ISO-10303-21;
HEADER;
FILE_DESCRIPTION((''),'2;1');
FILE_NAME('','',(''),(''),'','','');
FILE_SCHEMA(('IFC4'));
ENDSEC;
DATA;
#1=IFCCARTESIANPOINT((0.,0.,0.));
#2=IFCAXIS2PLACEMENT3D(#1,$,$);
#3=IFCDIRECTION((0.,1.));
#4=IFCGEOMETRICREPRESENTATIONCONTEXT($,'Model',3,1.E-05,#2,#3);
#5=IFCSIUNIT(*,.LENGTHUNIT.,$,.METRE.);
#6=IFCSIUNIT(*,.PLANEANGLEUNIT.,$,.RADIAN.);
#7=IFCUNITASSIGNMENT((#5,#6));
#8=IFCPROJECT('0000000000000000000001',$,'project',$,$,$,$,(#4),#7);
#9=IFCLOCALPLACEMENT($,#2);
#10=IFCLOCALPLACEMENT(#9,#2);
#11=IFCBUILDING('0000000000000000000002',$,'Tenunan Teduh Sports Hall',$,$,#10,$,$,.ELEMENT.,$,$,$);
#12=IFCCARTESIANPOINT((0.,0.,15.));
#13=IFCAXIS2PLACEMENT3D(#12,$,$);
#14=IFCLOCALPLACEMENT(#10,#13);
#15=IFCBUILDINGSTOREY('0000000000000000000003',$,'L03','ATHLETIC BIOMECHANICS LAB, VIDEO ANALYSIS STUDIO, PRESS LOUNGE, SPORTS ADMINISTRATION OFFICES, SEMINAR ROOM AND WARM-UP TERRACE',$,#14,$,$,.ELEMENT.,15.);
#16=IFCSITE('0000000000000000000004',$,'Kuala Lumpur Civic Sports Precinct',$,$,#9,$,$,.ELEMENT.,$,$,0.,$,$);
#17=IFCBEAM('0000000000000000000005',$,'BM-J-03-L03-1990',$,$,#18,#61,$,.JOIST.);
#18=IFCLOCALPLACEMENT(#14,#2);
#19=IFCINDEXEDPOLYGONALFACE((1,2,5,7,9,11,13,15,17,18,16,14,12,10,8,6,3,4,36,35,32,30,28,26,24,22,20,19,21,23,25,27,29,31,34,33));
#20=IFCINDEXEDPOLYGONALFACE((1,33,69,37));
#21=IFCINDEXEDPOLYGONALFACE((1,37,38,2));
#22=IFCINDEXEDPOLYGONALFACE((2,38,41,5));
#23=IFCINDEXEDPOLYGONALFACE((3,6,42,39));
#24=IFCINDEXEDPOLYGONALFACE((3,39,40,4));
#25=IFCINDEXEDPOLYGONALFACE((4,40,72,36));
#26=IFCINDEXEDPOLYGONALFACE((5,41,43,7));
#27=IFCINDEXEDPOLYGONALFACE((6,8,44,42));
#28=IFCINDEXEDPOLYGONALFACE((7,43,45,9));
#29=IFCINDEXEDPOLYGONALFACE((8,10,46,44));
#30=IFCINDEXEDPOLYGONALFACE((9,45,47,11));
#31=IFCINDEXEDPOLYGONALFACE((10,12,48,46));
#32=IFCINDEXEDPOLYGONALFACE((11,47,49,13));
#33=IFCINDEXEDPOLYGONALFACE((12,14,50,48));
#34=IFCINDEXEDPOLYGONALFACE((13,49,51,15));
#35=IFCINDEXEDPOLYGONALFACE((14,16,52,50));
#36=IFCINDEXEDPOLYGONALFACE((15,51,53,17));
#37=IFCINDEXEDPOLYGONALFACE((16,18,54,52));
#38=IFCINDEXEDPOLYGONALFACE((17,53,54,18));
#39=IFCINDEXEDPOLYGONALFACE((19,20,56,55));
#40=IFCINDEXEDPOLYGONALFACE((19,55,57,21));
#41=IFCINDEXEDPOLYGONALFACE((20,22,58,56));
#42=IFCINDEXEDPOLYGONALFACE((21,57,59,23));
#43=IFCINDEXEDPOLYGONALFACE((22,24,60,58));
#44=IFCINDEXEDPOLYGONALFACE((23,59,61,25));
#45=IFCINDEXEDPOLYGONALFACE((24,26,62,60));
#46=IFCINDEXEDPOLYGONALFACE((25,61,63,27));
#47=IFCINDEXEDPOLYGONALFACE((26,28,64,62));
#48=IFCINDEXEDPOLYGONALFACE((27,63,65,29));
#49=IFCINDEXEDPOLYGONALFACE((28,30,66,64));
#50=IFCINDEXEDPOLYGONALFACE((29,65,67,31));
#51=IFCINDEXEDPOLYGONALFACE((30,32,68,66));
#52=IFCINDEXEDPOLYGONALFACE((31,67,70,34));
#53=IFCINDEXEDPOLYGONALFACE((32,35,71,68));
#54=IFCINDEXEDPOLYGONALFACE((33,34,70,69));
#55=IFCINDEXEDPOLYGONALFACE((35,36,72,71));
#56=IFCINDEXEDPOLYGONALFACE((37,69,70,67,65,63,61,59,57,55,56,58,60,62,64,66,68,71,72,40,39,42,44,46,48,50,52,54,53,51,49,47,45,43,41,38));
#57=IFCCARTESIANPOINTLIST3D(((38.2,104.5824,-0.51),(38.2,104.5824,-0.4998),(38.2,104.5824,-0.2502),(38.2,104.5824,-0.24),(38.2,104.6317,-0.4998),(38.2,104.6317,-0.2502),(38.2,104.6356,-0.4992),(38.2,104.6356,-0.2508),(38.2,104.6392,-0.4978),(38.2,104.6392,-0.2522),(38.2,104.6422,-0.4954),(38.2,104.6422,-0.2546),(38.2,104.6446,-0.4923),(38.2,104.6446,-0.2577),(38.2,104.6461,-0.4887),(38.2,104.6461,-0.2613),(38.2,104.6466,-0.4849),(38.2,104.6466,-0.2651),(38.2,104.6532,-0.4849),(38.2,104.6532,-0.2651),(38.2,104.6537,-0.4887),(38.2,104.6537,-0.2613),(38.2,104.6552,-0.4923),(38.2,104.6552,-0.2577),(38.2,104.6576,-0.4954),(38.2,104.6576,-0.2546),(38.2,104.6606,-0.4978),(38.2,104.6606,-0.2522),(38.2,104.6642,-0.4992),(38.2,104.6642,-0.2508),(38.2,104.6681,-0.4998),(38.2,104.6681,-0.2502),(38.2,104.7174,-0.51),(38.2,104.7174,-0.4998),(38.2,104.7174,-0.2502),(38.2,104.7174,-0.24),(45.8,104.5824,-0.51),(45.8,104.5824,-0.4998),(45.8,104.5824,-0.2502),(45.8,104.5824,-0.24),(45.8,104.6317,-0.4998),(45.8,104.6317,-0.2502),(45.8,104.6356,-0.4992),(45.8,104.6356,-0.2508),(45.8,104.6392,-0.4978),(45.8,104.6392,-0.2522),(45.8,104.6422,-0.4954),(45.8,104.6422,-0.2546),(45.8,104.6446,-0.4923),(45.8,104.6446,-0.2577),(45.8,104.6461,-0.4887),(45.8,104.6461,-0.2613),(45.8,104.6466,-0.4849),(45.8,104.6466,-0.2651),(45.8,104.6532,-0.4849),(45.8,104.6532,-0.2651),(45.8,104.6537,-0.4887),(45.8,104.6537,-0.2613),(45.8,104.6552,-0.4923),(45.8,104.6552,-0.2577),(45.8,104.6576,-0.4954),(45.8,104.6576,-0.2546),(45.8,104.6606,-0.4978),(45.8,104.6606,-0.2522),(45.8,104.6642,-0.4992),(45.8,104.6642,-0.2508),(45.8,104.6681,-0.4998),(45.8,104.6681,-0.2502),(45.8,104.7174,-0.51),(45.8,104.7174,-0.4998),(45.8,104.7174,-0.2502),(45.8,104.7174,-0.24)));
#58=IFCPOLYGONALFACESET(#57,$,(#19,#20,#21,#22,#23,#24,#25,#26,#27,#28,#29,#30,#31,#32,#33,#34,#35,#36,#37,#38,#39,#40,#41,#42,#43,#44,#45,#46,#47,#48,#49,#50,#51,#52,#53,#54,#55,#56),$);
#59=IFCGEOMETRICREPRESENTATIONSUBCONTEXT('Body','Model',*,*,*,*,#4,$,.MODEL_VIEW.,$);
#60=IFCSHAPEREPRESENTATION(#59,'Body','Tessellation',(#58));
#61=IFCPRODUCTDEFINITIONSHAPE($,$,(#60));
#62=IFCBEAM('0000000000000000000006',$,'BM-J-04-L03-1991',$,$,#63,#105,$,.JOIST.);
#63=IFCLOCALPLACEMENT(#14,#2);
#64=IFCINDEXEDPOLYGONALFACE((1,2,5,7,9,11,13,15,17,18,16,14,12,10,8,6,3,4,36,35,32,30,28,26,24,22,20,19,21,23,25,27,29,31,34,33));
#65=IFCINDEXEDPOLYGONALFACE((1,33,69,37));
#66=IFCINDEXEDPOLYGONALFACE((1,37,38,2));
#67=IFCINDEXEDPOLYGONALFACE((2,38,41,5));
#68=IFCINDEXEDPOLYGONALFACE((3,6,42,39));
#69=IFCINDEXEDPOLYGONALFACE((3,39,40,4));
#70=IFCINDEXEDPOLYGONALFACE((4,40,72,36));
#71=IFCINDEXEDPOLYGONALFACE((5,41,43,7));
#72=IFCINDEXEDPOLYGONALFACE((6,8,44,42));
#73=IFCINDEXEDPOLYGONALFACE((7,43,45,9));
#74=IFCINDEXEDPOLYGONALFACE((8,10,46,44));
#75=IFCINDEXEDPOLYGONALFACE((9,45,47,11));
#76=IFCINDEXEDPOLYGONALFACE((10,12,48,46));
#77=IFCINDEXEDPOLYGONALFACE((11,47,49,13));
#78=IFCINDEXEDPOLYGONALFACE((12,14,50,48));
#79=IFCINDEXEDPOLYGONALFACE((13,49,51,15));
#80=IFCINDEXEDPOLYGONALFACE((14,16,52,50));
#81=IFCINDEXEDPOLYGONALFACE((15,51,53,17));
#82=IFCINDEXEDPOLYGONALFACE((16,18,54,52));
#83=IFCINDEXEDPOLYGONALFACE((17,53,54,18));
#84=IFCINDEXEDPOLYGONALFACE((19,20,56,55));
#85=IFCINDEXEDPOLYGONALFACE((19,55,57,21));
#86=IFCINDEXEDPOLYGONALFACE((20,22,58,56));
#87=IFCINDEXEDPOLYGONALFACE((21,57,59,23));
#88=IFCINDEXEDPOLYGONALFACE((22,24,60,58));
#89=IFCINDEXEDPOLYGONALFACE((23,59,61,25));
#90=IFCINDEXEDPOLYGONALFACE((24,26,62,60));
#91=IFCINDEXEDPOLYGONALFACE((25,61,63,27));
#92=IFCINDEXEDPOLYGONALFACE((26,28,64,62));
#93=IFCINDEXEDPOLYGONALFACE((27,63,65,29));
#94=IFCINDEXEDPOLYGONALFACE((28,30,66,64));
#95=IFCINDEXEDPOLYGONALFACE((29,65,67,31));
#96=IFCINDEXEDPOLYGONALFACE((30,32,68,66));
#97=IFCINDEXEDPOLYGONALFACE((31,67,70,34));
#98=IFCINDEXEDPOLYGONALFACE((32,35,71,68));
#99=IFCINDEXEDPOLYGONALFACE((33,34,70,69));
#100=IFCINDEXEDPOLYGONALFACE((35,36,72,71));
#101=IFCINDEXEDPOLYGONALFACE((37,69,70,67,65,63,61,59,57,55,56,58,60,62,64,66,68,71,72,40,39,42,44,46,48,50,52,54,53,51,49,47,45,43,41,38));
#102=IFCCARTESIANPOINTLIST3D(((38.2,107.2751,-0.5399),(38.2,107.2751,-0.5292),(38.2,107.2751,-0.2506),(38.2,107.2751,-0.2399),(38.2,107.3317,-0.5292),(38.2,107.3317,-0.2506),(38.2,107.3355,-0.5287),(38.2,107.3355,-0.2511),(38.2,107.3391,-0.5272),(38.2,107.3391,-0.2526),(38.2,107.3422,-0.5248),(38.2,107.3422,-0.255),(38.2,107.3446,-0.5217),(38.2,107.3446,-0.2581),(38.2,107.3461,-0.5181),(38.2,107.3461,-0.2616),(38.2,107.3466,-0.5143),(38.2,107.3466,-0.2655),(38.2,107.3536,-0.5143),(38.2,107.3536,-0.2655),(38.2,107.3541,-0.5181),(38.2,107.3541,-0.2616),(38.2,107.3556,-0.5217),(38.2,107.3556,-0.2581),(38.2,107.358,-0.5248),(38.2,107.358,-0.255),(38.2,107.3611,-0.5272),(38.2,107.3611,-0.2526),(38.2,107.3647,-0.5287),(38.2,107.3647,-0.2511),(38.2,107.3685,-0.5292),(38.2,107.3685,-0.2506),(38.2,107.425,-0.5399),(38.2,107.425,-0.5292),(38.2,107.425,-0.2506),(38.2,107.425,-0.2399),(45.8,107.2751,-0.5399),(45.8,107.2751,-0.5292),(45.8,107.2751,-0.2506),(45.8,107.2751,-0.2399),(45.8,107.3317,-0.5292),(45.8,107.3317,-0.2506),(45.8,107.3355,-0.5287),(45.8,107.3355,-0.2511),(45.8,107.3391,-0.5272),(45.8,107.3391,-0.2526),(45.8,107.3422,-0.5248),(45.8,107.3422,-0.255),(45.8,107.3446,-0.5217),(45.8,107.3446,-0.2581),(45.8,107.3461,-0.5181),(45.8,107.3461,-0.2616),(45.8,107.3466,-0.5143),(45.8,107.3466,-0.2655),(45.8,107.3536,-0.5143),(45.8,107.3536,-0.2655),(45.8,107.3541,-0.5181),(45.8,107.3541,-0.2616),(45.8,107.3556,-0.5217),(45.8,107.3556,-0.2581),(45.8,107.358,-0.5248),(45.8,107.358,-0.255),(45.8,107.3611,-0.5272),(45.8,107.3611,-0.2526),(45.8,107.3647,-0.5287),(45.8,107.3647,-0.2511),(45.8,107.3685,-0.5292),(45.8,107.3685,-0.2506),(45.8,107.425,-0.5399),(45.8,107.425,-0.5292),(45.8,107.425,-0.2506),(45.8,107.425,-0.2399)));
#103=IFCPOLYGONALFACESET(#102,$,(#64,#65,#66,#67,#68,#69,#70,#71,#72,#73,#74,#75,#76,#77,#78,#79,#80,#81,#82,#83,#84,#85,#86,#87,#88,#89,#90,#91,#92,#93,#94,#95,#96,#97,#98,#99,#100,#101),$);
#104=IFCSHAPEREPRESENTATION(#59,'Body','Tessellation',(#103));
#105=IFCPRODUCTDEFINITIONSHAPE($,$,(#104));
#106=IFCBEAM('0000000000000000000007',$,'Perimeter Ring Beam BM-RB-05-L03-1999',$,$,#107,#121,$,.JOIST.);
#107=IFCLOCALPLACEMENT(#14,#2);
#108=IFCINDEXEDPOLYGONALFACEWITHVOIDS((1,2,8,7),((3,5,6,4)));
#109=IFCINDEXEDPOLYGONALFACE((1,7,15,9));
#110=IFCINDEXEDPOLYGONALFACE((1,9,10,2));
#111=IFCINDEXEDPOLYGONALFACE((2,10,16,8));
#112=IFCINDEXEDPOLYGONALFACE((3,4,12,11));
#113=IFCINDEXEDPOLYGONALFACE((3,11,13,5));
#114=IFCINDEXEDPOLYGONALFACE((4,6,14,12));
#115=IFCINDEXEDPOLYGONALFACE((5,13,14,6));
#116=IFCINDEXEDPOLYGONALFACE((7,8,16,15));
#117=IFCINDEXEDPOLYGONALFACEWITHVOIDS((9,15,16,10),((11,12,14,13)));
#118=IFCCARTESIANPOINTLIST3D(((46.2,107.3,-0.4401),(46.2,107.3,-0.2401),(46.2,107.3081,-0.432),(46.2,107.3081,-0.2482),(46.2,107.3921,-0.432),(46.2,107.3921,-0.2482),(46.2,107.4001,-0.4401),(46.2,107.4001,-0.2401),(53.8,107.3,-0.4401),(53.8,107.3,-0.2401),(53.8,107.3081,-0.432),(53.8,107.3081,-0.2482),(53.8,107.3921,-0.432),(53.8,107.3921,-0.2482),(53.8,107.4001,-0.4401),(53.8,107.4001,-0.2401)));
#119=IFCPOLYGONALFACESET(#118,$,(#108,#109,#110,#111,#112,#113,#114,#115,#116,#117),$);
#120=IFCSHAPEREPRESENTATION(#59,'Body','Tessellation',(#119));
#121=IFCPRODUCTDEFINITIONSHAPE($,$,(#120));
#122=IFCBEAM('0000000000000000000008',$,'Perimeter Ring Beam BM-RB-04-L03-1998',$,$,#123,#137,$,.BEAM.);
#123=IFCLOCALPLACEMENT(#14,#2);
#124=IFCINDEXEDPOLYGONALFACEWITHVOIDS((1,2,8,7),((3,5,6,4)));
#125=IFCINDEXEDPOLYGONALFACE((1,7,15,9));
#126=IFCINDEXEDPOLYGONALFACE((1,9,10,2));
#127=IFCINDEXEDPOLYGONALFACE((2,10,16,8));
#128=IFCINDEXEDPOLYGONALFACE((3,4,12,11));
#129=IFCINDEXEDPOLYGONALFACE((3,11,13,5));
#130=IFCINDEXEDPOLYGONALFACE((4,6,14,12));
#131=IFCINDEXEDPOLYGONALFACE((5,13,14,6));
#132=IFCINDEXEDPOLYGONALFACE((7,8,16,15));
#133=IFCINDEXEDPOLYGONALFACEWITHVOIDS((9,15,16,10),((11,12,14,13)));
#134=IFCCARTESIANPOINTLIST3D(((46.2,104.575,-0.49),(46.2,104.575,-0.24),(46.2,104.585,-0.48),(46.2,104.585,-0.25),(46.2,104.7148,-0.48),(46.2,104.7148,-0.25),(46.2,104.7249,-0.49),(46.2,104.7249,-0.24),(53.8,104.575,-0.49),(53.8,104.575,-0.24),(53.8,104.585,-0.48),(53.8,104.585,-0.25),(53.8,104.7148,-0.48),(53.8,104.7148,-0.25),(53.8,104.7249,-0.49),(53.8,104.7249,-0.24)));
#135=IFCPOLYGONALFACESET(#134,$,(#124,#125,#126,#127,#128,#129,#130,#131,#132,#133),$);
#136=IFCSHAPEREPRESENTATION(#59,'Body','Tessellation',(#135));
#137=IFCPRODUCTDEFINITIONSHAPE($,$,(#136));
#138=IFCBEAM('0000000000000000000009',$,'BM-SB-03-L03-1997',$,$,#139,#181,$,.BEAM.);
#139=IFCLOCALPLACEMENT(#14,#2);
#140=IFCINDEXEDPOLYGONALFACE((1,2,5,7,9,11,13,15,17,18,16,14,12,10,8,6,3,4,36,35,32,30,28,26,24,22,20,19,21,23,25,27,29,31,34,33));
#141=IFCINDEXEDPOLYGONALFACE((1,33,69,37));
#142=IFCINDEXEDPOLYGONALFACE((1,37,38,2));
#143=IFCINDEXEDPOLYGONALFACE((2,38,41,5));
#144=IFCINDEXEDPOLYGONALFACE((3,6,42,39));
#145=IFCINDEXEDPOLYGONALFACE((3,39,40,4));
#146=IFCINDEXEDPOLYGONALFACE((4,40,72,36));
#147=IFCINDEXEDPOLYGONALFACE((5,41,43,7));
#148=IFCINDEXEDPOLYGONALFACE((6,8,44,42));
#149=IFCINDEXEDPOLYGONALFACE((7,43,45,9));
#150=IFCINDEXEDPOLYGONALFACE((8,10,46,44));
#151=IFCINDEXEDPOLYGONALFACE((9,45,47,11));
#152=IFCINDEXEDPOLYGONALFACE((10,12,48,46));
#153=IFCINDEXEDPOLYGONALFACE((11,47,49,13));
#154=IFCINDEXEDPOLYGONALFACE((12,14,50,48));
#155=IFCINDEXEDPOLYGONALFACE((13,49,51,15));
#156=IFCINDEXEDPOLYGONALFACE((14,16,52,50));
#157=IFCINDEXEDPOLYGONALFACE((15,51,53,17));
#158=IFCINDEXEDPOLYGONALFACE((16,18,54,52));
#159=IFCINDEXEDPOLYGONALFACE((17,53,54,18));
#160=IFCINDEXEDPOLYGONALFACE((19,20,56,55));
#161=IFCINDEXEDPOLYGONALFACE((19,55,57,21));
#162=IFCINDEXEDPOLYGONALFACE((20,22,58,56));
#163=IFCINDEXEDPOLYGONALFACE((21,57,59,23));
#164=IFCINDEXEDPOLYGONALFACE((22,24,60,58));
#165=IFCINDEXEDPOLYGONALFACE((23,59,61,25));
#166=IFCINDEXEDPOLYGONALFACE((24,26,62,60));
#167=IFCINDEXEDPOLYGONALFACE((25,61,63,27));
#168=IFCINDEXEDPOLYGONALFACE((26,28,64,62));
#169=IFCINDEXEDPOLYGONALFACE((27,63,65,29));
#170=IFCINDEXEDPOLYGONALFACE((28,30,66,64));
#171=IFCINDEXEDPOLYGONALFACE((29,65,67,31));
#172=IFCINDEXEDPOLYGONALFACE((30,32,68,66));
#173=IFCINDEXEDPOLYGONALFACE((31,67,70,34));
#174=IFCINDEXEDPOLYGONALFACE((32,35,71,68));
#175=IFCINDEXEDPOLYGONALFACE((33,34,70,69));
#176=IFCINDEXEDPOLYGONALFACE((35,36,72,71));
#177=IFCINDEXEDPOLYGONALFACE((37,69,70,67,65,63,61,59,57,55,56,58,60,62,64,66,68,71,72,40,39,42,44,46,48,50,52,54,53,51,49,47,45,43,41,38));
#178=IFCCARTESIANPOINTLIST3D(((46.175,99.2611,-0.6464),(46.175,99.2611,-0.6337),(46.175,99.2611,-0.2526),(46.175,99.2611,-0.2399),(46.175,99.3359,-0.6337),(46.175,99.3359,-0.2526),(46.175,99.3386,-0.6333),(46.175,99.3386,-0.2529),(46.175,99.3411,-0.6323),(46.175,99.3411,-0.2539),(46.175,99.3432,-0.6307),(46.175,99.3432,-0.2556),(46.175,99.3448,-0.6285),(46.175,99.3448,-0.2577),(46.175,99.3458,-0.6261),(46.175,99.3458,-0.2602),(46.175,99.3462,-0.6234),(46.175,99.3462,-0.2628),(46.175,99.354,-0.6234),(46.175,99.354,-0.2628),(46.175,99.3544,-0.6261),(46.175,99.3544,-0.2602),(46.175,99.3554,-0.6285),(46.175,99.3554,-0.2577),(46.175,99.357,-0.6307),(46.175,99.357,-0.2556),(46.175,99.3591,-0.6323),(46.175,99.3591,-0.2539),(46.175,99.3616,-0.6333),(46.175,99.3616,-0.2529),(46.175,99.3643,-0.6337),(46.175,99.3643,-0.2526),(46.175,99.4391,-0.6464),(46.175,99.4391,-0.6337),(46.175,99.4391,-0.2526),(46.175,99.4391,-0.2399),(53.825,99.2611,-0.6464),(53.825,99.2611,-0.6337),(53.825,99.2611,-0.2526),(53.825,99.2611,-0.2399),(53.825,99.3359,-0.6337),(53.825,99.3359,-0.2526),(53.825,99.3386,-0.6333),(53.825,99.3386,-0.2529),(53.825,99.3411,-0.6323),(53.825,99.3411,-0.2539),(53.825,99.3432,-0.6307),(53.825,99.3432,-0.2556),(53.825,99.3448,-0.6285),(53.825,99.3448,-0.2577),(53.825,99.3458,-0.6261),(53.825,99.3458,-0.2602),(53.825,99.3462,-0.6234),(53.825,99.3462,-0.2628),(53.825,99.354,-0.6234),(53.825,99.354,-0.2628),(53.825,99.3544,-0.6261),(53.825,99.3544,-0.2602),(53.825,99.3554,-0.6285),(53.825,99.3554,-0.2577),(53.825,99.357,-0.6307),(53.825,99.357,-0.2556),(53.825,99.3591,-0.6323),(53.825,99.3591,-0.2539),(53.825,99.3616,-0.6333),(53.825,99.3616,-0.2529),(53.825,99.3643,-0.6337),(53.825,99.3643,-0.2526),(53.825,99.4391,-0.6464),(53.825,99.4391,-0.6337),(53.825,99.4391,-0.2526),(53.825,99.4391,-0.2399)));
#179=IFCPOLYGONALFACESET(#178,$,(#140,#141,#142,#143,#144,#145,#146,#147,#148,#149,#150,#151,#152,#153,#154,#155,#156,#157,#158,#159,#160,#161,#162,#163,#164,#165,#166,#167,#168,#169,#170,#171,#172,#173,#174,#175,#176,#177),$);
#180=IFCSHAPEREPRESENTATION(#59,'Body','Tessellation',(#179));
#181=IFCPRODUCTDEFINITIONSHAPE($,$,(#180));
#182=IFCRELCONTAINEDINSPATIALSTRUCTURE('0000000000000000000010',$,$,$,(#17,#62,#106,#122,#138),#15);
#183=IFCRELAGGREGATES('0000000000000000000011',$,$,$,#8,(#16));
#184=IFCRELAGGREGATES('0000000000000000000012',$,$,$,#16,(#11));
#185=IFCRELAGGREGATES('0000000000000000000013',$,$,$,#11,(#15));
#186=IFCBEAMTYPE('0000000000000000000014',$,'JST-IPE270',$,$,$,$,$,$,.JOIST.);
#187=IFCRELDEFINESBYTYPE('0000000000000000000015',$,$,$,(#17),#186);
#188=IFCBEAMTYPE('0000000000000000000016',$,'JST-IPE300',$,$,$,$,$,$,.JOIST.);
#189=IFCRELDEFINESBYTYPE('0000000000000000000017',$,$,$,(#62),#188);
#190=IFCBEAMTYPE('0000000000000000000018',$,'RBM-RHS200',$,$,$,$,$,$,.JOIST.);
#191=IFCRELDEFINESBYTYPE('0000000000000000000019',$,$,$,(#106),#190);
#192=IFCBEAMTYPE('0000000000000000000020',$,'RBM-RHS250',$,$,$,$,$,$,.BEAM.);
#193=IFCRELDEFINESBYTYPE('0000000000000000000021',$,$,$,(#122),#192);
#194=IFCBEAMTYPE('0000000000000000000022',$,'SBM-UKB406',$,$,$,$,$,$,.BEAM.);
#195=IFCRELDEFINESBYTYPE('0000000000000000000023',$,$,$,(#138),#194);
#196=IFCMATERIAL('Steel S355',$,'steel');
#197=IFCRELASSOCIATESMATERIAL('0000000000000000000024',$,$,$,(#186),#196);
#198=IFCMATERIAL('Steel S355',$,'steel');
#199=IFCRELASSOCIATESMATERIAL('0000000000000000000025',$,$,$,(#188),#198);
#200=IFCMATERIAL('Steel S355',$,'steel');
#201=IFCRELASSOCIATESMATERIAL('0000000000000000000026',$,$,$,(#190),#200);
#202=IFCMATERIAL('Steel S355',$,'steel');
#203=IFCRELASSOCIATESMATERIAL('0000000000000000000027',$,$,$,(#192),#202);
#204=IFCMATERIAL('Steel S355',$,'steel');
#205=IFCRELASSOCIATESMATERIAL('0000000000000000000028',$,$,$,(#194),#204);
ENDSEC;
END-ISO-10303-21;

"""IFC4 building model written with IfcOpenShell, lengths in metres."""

from ifc_helpers import new_model, si_unit, direction, frame, origin, origin_2d, place, context, subcontext, project, spatial, hollow_rectangle, i_section, extrude, material, material_profile, profile_set, type_object, element, save


model = new_model("IFC4")

# Units and contexts
model_context = context("Model", 3, precision=1e-05, world=origin(), true_north=direction((0.0, 1.0)))
body_context = subcontext(model_context, "Body", "Model", "MODEL_VIEW")
ifc_project = project(units=[si_unit("LENGTHUNIT", "METRE"), si_unit("PLANEANGLEUNIT", "RADIAN")], contexts=[model_context])

# Site, building, storey
site_placement = place(None, origin())
site = spatial("IfcSite", under=ifc_project, at=site_placement, Name="Kuala Lumpur Civic Sports Precinct", CompositionType="ELEMENT", RefElevation=0.0)
building_placement = place(site_placement, origin())
building = spatial("IfcBuilding", under=site, at=building_placement, Name="Tenunan Teduh Sports Hall", CompositionType="ELEMENT")
storey_placement = place(building_placement, frame((0.0, 0.0, 15.0)))
storey = spatial("IfcBuildingStorey", under=building, at=storey_placement, Name="L03", Description="ATHLETIC BIOMECHANICS LAB, VIDEO ANALYSIS STUDIO, PRESS LOUNGE, SPORTS ADMINISTRATION OFFICES, SEMINAR ROOM AND WARM-UP TERRACE", CompositionType="ELEMENT", Elevation=15.0)

# Beams
ifc_material_1 = material(Name="Steel S355", Category="steel")
ifc_material_profile_1 = material_profile(ifc_material_1, i_section(OverallWidth=0.135, OverallDepth=0.27, WebThickness=0.0066, FlangeThickness=0.0103, FilletRadius=0.0149, at=origin_2d()), Name="IPE 270")
ifc_profile_set_1 = profile_set([ifc_material_profile_1], Name="Steel S355")
beam_type_1 = type_object("IfcBeamType", Name="JST-IPE270", PredefinedType="JOIST", material=ifc_profile_set_1)
beam_1_placement = place(storey_placement, frame((38.2, 104.6499, -0.375), z_axis=(1.0, 0.0, 0.0), x_axis=(0.0, 1.0, 0.0)))
element("IfcBeam", 1, at=beam_1_placement, inside=storey, type_object=beam_type_1, Name="BM-J-03-L03-1990", PredefinedType="JOIST", context=body_context, shape_type="SweptSolid", body=[
    extrude(i_section(OverallWidth=0.135, OverallDepth=0.27, WebThickness=0.0066, FlangeThickness=0.0103, FilletRadius=0.0149, at=origin_2d()), origin(), (0.0, 0.0, 1.0), 7.6001),
])
ifc_material_2 = material(Name="Steel S355", Category="steel")
ifc_material_profile_2 = material_profile(ifc_material_2, i_section(OverallWidth=0.1499, OverallDepth=0.3, WebThickness=0.0071, FlangeThickness=0.0107, FilletRadius=0.0149, at=origin_2d()), Name="IPE 300")
ifc_profile_set_2 = profile_set([ifc_material_profile_2], Name="Steel S355")
beam_type_2 = type_object("IfcBeamType", Name="JST-IPE300", PredefinedType="JOIST", material=ifc_profile_set_2)
beam_2_placement = place(storey_placement, frame((38.2, 107.3501, -0.3899), z_axis=(1.0, 0.0, 0.0), x_axis=(0.0, 1.0, 0.0)))
element("IfcBeam", 2, at=beam_2_placement, inside=storey, type_object=beam_type_2, Name="BM-J-04-L03-1991", PredefinedType="JOIST", context=body_context, shape_type="SweptSolid", body=[
    extrude(i_section(OverallWidth=0.1499, OverallDepth=0.3, WebThickness=0.0071, FlangeThickness=0.0107, FilletRadius=0.0149, at=origin_2d()), origin(), (0.0, 0.0, 1.0), 7.6001),
])
ifc_material_3 = material(Name="Steel S355", Category="steel")
ifc_material_profile_3 = material_profile(ifc_material_3, hollow_rectangle(XDim=0.1001, YDim=0.2, WallThickness=0.0081, at=origin_2d()), Name="RHS 200x100x8.0")
ifc_profile_set_3 = profile_set([ifc_material_profile_3], Name="Steel S355")
beam_type_3 = type_object("IfcBeamType", Name="RBM-RHS200", PredefinedType="JOIST", material=ifc_profile_set_3)
beam_3_placement = place(storey_placement, frame((46.2, 107.3501, -0.3401), z_axis=(1.0, 0.0, 0.0), x_axis=(0.0, 1.0, 0.0)))
element("IfcBeam", 3, at=beam_3_placement, inside=storey, type_object=beam_type_3, Name="Perimeter Ring Beam BM-RB-05-L03-1999", PredefinedType="JOIST", context=body_context, shape_type="SweptSolid", body=[
    extrude(hollow_rectangle(XDim=0.1001, YDim=0.2, WallThickness=0.0081, at=origin_2d()), origin(), (0.0, 0.0, 1.0), 7.6001),
])
ifc_material_4 = material(Name="Steel S355", Category="steel")
ifc_material_profile_4 = material_profile(ifc_material_4, hollow_rectangle(XDim=0.1499, YDim=0.25, WallThickness=0.01, at=origin_2d()), Name="RHS 250x150x10.0")
ifc_profile_set_4 = profile_set([ifc_material_profile_4], Name="Steel S355")
beam_type_4 = type_object("IfcBeamType", Name="RBM-RHS250", PredefinedType="BEAM", material=ifc_profile_set_4)
beam_4_placement = place(storey_placement, frame((46.2, 104.6499, -0.365), z_axis=(1.0, 0.0, 0.0), x_axis=(0.0, 1.0, 0.0)))
element("IfcBeam", 4, at=beam_4_placement, inside=storey, type_object=beam_type_4, Name="Perimeter Ring Beam BM-RB-04-L03-1998", PredefinedType="BEAM", context=body_context, shape_type="SweptSolid", body=[
    extrude(hollow_rectangle(XDim=0.1499, YDim=0.25, WallThickness=0.01, at=origin_2d()), origin(), (0.0, 0.0, 1.0), 7.6001),
])
ifc_material_5 = material(Name="Steel S355", Category="steel")
ifc_material_profile_5 = material_profile(ifc_material_5, i_section(OverallWidth=0.178, OverallDepth=0.4065, WebThickness=0.0078, FlangeThickness=0.0127, FilletRadius=0.0103, at=origin_2d()), Name="UKB 406x178x60")
ifc_profile_set_5 = profile_set([ifc_material_profile_5], Name="Steel S355")
beam_type_5 = type_object("IfcBeamType", Name="SBM-UKB406", PredefinedType="BEAM", material=ifc_profile_set_5)
beam_5_placement = place(storey_placement, frame((46.175, 99.3501, -0.4431), z_axis=(1.0, 0.0, 0.0), x_axis=(0.0, 1.0, 0.0)))
element("IfcBeam", 5, at=beam_5_placement, inside=storey, type_object=beam_type_5, Name="BM-SB-03-L03-1997", PredefinedType="BEAM", context=body_context, shape_type="SweptSolid", body=[
    extrude(i_section(OverallWidth=0.178, OverallDepth=0.4065, WebThickness=0.0078, FlangeThickness=0.0127, FilletRadius=0.0103, at=origin_2d()), origin(), (0.0, 0.0, 1.0), 7.6499),
])

save(model, "model.ifc")
